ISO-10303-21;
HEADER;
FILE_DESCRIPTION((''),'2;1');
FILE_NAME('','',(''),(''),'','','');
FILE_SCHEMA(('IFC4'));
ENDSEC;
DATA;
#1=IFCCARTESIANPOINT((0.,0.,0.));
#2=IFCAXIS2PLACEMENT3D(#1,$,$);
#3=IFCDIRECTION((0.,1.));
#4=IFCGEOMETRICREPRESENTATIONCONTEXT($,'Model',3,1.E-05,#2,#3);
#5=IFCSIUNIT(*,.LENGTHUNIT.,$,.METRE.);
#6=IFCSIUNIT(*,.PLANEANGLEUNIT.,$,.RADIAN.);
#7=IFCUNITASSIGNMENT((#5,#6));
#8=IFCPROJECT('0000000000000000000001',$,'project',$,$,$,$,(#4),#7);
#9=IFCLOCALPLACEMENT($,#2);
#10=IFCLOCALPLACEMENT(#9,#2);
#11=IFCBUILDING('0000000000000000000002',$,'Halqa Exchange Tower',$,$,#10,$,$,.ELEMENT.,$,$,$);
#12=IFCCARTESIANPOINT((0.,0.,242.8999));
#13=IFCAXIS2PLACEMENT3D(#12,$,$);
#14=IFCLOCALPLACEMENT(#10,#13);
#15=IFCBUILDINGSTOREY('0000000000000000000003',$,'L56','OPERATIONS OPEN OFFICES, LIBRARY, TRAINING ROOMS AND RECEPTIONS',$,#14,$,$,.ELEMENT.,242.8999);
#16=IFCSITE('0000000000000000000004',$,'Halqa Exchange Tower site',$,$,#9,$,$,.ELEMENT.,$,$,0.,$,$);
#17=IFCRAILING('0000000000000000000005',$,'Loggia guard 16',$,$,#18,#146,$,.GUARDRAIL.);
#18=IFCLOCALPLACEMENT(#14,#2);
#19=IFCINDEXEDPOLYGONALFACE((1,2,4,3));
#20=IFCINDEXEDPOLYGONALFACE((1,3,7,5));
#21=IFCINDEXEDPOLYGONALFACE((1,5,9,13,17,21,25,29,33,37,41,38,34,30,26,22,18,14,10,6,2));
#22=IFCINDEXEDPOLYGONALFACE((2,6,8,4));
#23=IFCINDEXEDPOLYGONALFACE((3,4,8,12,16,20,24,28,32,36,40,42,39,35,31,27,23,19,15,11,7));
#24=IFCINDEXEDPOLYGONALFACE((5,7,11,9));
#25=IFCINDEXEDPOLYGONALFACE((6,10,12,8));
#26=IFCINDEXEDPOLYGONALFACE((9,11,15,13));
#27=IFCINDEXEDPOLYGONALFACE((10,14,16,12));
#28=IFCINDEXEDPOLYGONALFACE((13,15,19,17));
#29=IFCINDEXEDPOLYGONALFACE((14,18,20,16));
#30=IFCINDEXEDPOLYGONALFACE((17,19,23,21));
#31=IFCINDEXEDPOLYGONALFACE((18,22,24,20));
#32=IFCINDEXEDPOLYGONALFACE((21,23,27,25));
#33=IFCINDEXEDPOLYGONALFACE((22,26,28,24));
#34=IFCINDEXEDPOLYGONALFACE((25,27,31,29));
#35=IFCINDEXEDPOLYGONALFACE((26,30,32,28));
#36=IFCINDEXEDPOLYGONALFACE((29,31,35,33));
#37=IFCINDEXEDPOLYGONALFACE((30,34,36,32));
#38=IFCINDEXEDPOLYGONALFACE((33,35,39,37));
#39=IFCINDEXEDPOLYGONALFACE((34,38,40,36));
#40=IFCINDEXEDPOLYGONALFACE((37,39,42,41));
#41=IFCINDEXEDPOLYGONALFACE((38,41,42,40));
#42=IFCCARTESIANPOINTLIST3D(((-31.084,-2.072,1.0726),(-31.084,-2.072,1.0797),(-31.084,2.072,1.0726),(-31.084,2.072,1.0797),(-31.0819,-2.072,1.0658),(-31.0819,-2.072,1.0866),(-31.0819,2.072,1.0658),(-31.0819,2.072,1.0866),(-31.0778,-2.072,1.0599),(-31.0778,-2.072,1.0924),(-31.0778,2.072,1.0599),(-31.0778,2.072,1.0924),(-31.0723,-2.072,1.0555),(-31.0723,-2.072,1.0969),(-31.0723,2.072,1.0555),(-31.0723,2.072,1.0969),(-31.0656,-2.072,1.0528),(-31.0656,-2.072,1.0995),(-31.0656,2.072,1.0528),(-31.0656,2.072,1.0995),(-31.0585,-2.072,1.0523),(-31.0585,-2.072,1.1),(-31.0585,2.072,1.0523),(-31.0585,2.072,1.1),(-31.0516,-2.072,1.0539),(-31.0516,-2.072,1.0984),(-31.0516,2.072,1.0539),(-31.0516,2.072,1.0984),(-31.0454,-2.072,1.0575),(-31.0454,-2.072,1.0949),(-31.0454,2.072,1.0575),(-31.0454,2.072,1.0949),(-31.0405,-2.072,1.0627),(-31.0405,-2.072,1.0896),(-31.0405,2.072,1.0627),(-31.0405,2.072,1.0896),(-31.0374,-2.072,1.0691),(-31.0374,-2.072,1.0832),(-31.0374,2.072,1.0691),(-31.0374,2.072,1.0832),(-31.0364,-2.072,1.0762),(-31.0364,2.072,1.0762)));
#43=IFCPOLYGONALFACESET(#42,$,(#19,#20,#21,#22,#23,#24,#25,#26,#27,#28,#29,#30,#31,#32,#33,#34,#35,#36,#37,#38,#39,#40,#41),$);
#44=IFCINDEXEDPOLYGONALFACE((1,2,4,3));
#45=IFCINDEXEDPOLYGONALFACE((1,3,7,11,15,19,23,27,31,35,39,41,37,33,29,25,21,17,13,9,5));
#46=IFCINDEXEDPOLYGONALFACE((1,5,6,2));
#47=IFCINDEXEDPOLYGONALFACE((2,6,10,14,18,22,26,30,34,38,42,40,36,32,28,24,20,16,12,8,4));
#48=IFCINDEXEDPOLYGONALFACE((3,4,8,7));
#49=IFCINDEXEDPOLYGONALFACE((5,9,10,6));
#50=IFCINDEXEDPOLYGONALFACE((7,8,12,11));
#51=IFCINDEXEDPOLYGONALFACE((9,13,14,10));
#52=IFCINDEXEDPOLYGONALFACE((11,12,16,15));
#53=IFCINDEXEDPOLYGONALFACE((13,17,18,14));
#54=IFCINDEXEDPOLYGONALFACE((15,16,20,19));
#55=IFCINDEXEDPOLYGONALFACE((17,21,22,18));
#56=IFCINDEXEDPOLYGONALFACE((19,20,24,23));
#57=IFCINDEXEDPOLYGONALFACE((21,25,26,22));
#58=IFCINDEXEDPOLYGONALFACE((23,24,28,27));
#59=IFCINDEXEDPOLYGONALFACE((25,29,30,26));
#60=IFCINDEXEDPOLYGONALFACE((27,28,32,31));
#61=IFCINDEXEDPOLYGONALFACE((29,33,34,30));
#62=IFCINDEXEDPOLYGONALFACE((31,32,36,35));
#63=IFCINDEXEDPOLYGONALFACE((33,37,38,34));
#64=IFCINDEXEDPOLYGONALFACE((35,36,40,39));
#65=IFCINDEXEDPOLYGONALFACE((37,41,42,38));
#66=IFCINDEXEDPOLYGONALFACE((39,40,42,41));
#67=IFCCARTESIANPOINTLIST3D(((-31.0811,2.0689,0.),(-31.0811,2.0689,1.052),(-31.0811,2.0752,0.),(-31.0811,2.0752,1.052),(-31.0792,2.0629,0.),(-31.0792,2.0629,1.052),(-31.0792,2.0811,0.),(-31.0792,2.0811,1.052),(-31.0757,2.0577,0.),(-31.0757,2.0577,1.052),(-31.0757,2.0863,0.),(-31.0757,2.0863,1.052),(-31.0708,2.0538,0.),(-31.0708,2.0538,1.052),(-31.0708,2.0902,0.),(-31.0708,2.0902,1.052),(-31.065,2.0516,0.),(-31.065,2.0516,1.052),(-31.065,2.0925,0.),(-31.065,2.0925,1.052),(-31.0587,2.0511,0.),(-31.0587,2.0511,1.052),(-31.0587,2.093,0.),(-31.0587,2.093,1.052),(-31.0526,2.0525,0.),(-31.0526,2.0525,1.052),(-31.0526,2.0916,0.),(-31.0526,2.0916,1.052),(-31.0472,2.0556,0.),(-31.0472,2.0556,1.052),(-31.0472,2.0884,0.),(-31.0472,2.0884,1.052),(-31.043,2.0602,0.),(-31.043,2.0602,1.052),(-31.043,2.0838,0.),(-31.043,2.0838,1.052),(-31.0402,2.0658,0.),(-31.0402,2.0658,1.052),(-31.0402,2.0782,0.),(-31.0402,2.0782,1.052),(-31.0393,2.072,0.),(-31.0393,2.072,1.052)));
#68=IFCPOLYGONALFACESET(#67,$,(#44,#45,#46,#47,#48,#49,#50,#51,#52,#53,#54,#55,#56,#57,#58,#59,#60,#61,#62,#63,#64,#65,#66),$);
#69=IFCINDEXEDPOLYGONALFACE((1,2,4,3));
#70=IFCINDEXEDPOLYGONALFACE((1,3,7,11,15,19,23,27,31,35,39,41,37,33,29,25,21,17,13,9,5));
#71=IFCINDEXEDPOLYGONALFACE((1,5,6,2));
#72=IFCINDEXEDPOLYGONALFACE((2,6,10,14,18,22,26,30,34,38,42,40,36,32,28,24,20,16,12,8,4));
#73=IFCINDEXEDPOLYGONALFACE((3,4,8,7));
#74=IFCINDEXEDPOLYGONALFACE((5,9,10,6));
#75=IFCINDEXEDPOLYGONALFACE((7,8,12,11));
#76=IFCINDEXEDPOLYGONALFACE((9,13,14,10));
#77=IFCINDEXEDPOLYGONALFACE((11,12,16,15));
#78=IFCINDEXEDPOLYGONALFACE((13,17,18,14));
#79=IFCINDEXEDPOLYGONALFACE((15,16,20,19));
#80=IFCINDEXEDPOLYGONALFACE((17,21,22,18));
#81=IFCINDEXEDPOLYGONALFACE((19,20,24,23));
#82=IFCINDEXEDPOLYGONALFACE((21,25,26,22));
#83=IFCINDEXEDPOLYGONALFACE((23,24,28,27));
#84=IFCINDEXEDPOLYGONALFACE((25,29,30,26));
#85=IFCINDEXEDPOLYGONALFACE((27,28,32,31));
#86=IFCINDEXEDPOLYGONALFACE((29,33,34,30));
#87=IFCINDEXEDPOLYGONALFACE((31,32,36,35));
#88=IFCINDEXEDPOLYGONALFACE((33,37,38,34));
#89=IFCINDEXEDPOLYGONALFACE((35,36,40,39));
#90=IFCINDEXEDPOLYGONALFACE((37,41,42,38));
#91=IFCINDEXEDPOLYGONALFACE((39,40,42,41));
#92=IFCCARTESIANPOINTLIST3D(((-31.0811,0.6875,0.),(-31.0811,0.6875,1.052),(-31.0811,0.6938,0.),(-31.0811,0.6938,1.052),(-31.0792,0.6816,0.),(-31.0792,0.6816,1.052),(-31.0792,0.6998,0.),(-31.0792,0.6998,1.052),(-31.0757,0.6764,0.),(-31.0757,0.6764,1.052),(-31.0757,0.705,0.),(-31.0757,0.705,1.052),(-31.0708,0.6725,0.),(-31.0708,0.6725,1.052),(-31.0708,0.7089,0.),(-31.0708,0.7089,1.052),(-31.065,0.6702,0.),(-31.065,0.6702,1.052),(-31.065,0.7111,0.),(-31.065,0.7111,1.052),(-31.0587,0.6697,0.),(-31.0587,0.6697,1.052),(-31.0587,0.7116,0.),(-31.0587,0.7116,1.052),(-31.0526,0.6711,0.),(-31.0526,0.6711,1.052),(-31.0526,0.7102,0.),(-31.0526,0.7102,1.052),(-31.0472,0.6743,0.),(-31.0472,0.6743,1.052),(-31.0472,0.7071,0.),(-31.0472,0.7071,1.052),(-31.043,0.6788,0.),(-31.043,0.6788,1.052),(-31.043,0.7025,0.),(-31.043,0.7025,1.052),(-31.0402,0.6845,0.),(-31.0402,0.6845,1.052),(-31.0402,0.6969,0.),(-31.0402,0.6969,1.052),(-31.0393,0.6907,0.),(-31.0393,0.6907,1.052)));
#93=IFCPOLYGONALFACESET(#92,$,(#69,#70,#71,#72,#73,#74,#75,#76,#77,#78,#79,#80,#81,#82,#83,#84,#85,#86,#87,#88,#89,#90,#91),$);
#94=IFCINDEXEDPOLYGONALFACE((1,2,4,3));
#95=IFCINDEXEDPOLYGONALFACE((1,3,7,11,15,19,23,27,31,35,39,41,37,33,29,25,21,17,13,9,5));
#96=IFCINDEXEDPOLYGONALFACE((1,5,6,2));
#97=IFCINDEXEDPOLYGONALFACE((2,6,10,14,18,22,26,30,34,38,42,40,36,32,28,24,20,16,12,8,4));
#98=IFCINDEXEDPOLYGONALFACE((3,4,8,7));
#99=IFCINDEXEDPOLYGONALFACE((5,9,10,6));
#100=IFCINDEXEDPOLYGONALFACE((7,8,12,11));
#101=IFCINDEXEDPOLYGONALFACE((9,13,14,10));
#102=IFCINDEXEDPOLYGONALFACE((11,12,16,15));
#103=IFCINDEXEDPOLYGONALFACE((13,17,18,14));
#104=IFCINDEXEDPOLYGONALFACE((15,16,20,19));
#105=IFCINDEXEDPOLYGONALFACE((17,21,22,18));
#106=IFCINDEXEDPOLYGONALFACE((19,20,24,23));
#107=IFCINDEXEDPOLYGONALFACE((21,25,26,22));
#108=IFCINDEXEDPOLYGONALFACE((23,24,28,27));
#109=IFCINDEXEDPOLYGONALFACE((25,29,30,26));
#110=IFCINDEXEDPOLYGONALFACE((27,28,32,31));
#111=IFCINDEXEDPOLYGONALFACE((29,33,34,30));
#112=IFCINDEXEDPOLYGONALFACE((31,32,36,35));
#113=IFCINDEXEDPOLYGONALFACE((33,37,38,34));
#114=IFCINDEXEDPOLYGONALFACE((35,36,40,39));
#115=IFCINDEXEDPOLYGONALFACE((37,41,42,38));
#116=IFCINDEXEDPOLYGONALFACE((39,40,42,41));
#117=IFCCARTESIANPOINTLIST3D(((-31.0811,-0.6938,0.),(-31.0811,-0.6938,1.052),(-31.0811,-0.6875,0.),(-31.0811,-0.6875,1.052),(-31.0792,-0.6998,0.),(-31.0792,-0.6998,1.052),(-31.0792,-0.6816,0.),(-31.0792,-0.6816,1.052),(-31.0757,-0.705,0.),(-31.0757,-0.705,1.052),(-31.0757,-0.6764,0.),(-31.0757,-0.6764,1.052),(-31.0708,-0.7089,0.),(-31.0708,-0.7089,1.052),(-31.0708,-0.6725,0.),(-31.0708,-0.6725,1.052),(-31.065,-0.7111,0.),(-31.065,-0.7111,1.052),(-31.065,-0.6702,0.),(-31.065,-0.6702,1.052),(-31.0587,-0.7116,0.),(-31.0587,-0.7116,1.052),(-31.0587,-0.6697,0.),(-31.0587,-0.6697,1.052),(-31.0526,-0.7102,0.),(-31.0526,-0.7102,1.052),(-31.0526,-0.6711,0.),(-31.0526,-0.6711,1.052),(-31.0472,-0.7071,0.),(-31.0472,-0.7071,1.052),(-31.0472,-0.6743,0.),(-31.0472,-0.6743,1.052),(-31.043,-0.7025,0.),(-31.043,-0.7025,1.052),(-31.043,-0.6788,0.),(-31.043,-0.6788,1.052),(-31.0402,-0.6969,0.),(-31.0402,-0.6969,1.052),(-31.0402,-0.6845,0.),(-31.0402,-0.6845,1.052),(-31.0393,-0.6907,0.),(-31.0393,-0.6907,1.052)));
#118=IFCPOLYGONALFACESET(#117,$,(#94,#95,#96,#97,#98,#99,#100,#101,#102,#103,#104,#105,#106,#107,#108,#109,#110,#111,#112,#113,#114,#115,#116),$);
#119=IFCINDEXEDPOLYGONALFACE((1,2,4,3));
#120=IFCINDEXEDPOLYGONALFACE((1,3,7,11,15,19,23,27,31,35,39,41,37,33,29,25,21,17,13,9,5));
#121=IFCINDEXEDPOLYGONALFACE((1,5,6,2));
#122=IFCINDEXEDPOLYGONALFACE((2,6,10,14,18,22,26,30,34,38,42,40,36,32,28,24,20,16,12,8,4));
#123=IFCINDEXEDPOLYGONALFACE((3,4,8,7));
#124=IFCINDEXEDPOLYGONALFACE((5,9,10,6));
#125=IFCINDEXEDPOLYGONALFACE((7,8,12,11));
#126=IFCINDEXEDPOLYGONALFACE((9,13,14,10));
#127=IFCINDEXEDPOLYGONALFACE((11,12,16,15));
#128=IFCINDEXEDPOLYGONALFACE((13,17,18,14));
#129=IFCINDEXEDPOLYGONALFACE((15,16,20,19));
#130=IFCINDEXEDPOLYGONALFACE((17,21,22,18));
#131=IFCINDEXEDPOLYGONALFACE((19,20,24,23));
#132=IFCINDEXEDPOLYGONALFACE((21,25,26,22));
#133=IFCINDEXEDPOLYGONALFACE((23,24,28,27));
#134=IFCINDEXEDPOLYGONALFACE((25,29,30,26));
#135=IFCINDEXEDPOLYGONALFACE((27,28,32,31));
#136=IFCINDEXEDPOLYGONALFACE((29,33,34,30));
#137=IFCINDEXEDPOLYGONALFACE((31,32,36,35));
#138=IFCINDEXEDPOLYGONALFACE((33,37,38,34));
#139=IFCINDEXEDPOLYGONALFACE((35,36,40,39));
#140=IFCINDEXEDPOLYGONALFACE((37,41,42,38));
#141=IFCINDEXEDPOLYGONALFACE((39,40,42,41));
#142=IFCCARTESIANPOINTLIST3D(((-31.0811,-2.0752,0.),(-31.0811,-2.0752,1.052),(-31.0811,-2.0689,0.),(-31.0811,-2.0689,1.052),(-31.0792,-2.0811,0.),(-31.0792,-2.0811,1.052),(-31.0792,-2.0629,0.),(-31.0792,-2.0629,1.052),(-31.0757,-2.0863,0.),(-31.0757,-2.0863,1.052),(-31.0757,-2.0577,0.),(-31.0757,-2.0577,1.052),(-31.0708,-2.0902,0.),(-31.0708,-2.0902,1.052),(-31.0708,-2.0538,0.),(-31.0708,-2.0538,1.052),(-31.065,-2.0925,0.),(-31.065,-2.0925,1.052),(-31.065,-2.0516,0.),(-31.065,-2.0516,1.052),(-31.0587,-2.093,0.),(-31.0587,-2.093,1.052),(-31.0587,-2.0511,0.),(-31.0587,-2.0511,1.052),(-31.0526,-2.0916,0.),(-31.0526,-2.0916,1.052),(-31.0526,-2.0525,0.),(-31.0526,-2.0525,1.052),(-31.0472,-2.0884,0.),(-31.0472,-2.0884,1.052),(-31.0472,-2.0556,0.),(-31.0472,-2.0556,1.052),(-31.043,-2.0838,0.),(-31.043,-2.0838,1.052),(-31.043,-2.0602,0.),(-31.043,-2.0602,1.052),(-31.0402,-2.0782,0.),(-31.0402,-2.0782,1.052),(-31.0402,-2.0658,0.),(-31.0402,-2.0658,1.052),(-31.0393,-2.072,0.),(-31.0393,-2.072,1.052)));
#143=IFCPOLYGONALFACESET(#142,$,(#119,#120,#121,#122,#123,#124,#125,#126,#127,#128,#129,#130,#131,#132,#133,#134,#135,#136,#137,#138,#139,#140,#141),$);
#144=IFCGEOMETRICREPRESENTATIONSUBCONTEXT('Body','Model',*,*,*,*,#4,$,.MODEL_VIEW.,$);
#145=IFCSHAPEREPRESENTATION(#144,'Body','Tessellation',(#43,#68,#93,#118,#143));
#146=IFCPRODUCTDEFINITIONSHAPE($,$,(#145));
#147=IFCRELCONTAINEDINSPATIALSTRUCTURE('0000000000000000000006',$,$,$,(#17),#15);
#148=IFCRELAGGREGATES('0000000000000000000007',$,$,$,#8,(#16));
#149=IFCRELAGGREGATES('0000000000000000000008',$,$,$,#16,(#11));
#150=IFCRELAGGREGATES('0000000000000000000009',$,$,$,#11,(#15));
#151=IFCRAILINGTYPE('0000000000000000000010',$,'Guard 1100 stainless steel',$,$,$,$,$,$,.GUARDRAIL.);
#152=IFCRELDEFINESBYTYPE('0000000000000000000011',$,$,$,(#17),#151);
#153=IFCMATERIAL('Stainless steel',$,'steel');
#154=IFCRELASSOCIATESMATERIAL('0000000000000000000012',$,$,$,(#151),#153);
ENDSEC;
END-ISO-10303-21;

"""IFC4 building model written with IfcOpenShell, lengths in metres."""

from ifc_helpers import new_model, si_unit, direction, frame, origin, origin_2d, place, context, subcontext, project, spatial, circle, extrude, material, type_object, element, save


model = new_model("IFC4")

# Units and contexts
model_context = context("Model", 3, precision=1e-05, world=origin(), true_north=direction((0.0, 1.0)))
body_context = subcontext(model_context, "Body", "Model", "MODEL_VIEW")
ifc_project = project(units=[si_unit("LENGTHUNIT", "METRE"), si_unit("PLANEANGLEUNIT", "RADIAN")], contexts=[model_context])

# Site, building, storey
site_placement = place(None, origin())
site = spatial("IfcSite", under=ifc_project, at=site_placement, Name="Halqa Exchange Tower site", CompositionType="ELEMENT", RefElevation=0.0)
building_placement = place(site_placement, origin())
building = spatial("IfcBuilding", under=site, at=building_placement, Name="Halqa Exchange Tower", CompositionType="ELEMENT")
storey_placement = place(building_placement, frame((0.0, 0.0, 242.8999)))
storey = spatial("IfcBuildingStorey", under=building, at=storey_placement, Name="L56", Description="OPERATIONS OPEN OFFICES, LIBRARY, TRAINING ROOMS AND RECEPTIONS", CompositionType="ELEMENT", Elevation=242.8999)

# Railing
ifc_material_1 = material(Name="Stainless steel", Category="steel")
railing_type = type_object("IfcRailingType", Name="Guard 1100 stainless steel", PredefinedType="GUARDRAIL", material=ifc_material_1)
railing_1_placement = place(storey_placement, frame((-31.0603, 2.072, 0.0)))
element("IfcRailing", 1, at=railing_1_placement, inside=storey, type_object=railing_type, Name="Loggia guard 16", PredefinedType="GUARDRAIL", context=body_context, shape_type="SweptSolid", body=[
    extrude(circle(Radius=0.0239, at=origin_2d()), frame((0.0, 0.0, 1.0762), z_axis=(0.0, -1.0, 0.0), x_axis=(1.0, 0.0, 0.0)), (0.0, 0.0, 1.0), 4.144),
    extrude(circle(Radius=0.021, at=origin_2d()), origin(), (0.0, 0.0, 1.0), 1.052),
    extrude(circle(Radius=0.021, at=origin_2d()), frame((0.0, -1.3813, 0.0)), (0.0, 0.0, 1.0), 1.052),
    extrude(circle(Radius=0.021, at=origin_2d()), frame((0.0, -2.7627, 0.0)), (0.0, 0.0, 1.0), 1.052),
    extrude(circle(Radius=0.021, at=origin_2d()), frame((0.0, -4.144, 0.0)), (0.0, 0.0, 1.0), 1.052),
])

save(model, "model.ifc")
